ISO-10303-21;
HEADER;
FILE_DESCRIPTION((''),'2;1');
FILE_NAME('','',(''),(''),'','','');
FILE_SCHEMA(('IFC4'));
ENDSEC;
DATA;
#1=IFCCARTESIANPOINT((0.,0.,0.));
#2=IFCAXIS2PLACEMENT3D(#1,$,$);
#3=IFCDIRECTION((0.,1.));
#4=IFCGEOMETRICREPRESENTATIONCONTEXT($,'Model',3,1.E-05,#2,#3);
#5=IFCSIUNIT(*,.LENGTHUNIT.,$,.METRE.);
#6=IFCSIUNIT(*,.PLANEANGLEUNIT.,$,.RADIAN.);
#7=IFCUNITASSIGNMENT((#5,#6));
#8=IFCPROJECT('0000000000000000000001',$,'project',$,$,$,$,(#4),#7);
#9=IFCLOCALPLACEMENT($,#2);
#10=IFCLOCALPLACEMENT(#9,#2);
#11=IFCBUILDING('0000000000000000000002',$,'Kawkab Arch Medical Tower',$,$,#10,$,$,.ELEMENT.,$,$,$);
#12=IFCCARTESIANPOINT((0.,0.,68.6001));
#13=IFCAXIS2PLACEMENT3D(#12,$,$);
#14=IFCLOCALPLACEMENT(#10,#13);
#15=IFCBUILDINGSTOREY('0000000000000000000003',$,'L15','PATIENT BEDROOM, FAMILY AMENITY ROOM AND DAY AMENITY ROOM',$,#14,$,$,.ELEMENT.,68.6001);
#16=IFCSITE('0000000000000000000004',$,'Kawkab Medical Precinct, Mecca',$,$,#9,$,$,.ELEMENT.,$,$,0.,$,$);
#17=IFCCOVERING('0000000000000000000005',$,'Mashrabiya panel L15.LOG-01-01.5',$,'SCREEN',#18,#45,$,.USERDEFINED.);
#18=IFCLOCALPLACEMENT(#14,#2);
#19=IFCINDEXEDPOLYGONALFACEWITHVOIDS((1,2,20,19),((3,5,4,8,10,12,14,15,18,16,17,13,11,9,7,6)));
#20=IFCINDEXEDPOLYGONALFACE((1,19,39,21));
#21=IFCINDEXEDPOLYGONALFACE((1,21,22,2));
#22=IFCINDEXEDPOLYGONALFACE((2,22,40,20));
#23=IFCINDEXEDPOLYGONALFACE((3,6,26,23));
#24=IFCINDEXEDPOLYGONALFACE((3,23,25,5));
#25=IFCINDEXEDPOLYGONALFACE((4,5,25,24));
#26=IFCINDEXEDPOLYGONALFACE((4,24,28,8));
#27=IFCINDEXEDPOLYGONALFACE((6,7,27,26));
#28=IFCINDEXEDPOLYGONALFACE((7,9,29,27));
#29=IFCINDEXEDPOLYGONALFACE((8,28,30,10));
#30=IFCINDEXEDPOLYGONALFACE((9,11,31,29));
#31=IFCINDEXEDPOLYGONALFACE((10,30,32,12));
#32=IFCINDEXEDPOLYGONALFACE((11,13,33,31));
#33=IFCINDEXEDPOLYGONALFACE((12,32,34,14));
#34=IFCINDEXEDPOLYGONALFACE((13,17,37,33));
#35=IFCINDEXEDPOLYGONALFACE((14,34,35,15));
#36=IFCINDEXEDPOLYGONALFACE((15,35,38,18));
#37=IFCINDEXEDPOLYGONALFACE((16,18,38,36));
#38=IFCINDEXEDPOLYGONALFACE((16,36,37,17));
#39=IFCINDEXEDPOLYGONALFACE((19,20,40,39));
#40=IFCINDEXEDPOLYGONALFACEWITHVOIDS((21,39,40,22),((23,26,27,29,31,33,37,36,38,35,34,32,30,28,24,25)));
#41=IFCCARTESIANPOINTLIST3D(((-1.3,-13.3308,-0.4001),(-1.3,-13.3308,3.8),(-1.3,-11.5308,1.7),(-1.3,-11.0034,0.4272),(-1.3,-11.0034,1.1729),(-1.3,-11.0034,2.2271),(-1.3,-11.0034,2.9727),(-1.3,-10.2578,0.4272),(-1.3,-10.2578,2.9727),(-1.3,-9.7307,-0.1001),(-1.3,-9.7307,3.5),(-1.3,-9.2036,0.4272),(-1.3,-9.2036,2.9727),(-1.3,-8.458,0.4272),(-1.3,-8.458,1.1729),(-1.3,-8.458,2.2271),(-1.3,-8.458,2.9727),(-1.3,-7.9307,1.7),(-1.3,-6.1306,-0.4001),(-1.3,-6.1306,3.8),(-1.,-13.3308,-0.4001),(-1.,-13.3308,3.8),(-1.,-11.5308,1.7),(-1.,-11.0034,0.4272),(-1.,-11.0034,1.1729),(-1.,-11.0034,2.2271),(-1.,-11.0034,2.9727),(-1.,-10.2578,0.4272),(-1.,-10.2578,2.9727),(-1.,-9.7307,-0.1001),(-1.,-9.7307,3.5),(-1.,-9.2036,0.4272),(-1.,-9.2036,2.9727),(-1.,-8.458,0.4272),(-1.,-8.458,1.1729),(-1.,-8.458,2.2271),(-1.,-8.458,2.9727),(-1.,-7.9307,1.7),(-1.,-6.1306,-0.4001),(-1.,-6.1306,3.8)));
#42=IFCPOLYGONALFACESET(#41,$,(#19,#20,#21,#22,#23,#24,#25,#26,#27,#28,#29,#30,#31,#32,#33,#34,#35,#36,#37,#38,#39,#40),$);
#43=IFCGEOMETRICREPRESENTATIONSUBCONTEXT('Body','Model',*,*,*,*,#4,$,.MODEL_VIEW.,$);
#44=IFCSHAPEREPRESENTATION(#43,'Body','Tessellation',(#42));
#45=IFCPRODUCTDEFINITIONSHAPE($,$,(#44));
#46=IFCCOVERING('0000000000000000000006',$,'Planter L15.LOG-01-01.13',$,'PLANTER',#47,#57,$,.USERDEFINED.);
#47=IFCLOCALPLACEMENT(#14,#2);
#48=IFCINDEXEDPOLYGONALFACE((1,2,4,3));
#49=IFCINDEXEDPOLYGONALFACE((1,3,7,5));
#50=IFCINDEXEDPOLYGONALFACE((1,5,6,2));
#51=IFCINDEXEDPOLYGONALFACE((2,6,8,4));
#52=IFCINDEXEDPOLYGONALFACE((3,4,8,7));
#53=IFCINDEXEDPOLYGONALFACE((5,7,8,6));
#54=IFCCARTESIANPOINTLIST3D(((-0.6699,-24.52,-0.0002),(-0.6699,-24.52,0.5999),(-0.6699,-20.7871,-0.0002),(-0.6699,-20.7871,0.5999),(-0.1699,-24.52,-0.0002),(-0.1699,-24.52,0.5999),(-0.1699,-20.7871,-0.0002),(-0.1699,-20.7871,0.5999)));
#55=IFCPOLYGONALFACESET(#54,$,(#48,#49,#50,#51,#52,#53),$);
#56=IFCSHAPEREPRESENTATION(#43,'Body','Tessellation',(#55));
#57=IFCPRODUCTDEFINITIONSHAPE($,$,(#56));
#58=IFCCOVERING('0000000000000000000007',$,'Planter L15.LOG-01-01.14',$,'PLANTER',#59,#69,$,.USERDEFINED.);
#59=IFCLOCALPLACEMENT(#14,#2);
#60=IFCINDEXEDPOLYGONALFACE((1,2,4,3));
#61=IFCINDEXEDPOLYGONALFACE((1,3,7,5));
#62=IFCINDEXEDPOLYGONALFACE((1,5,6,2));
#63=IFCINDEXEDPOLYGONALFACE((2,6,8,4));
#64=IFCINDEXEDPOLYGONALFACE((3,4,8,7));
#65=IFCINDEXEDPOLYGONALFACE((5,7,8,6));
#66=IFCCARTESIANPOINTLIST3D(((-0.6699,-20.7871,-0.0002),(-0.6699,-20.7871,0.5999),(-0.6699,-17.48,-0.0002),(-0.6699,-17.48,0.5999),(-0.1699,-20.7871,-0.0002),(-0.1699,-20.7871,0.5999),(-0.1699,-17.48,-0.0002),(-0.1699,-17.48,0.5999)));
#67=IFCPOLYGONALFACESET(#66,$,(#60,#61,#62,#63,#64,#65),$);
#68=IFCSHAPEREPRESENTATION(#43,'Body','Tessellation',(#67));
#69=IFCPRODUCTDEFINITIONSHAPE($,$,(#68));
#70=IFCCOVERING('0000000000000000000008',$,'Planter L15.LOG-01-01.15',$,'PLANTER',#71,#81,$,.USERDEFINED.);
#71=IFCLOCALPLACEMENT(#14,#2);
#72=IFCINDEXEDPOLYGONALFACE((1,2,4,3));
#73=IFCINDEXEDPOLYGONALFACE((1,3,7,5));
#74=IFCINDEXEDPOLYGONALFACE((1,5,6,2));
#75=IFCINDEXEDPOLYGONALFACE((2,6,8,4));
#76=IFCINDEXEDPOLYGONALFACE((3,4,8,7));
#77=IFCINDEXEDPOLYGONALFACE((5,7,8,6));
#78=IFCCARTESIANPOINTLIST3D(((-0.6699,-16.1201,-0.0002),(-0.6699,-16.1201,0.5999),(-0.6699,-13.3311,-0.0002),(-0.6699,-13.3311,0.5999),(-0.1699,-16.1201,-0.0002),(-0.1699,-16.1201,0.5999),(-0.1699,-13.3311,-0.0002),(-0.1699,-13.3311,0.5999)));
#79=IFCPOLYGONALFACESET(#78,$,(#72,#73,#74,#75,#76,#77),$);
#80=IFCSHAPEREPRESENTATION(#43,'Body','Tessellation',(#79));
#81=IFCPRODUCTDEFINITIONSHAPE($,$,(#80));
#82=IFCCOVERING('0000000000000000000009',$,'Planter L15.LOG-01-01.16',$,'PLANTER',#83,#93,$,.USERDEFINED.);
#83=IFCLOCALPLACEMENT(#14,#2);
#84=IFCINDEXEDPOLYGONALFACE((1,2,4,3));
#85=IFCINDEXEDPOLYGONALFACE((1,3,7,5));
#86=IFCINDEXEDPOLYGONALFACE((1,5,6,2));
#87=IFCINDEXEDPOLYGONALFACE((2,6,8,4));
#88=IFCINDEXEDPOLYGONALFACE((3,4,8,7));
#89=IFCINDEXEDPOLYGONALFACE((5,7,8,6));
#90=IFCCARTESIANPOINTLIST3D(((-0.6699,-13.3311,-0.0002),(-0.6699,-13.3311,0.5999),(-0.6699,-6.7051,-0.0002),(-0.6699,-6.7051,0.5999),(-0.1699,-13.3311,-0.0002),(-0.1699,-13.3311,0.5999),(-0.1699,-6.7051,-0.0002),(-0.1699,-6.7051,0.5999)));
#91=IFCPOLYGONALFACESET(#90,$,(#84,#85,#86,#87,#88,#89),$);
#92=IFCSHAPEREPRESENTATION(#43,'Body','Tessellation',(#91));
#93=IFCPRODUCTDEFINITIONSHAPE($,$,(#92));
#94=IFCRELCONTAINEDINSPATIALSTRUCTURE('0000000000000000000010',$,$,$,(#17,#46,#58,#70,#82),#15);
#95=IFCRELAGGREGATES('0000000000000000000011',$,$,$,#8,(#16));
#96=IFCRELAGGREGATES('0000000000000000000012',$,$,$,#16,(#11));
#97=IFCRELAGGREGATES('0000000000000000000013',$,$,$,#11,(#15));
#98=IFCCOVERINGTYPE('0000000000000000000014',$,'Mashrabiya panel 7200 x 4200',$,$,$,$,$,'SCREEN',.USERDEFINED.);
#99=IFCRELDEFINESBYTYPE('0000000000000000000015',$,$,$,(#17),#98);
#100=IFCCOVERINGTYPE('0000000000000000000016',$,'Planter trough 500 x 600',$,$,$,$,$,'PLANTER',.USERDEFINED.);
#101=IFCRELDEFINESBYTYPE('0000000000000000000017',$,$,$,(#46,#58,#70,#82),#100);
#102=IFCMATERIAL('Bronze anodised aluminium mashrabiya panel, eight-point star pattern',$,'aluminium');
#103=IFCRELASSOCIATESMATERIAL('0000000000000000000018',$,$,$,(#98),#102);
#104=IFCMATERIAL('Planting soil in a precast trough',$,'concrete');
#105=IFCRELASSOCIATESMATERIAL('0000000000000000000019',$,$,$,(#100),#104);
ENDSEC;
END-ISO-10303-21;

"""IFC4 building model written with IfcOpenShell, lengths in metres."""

from ifc_helpers import new_model, si_unit, direction, frame, origin, origin_2d, place, context, subcontext, project, spatial, polyline, rectangle, outline, extrude, material, material_profile, profile_set, type_object, element, save


model = new_model("IFC4")

# Units and contexts
model_context = context("Model", 3, precision=1e-05, world=origin(), true_north=direction((0.0, 1.0)))
body_context = subcontext(model_context, "Body", "Model", "MODEL_VIEW")
ifc_project = project(units=[si_unit("LENGTHUNIT", "METRE"), si_unit("PLANEANGLEUNIT", "RADIAN")], contexts=[model_context])

# Site, building, storey
site_placement = place(None, origin())
site = spatial("IfcSite", under=ifc_project, at=site_placement, Name="Kawkab Medical Precinct, Mecca", CompositionType="ELEMENT", RefElevation=0.0)
building_placement = place(site_placement, origin())
building = spatial("IfcBuilding", under=site, at=building_placement, Name="Kawkab Arch Medical Tower", CompositionType="ELEMENT")
storey_placement = place(building_placement, frame((0.0, 0.0, 68.6001)))
storey = spatial("IfcBuildingStorey", under=building, at=storey_placement, Name="L15", Description="PATIENT BEDROOM, FAMILY AMENITY ROOM AND DAY AMENITY ROOM", CompositionType="ELEMENT", Elevation=68.6001)

# Coverings
ifc_material_1 = material(Name="Bronze anodised aluminium mashrabiya panel, eight-point star pattern", Category="aluminium")
ifc_material_profile_1 = material_profile(ifc_material_1, outline(polyline([(-3.6001, -2.1001), (3.6001, -2.1001), (3.6001, 2.1001), (-3.6001, 2.1001), (-3.6001, -2.1001)]), holes=[polyline([(1.8, 0.0), (1.2727, 0.5271), (1.2727, 1.2727), (0.5271, 1.2727), (0.0, 1.8), (-0.5271, 1.2727), (-1.2727, 1.2727), (-1.2727, 0.5271), (-1.8, 0.0), (-1.2727, -0.5271), (-1.2727, -1.2727), (-0.5271, -1.2727), (0.0, -1.8), (0.5271, -1.2727), (1.2727, -1.2727), (1.2727, -0.5271), (1.8, 0.0)])]), Name="Mashrabiya panel 7200x4200")
ifc_profile_set_1 = profile_set([ifc_material_profile_1], Name="Bronze anodised aluminium mashrabiya panel, eight-point star pattern")
covering_type_1 = type_object("IfcCoveringType", Name="Mashrabiya panel 7200 x 4200", ElementType="SCREEN", PredefinedType="USERDEFINED", material=ifc_profile_set_1)
for number, where, z_axis, x_axis, name in (
    (1, (-1.0, -9.7307, 1.7), (-1.0, 0.0, 0.0), (0.0, -1.0, 0.0), "Mashrabiya panel L15.LOG-01-01.5"),
):
    element("IfcCovering", number, at=place(storey_placement, frame(where, z_axis=z_axis, x_axis=x_axis)), inside=storey, type_object=covering_type_1, Name=name, ObjectType="SCREEN", PredefinedType="USERDEFINED", context=body_context, shape_type="SweptSolid", body=[
        extrude(outline(polyline([(-3.6001, -2.1001), (3.6001, -2.1001), (3.6001, 2.1001), (-3.6001, 2.1001), (-3.6001, -2.1001)]), holes=[polyline([(1.8, 0.0), (1.2727, 0.5271), (1.2727, 1.2727), (0.5271, 1.2727), (0.0, 1.8), (-0.5271, 1.2727), (-1.2727, 1.2727), (-1.2727, 0.5271), (-1.8, 0.0), (-1.2727, -0.5271), (-1.2727, -1.2727), (-0.5271, -1.2727), (0.0, -1.8), (0.5271, -1.2727), (1.2727, -1.2727), (1.2727, -0.5271), (1.8, 0.0)])]), origin(), (0.0, 0.0, 1.0), 0.3),
    ])
ifc_material_2 = material(Name="Planting soil in a precast trough", Category="concrete")
ifc_material_profile_2 = material_profile(ifc_material_2, rectangle(XDim=0.5, YDim=0.6001, at=origin_2d()), Name="Trough 500x600")
ifc_profile_set_2 = profile_set([ifc_material_profile_2], Name="Planting soil in a precast trough")
covering_type_2 = type_object("IfcCoveringType", Name="Planter trough 500 x 600", ElementType="PLANTER", PredefinedType="USERDEFINED", material=ifc_profile_set_2)
covering_1_placement = place(storey_placement, frame((-0.4199, -24.52, 0.2998), z_axis=(0.0, 1.0, 0.0), x_axis=(-1.0, 0.0, 0.0)))
element("IfcCovering", 2, at=covering_1_placement, inside=storey, type_object=covering_type_2, Name="Planter L15.LOG-01-01.13", ObjectType="PLANTER", PredefinedType="USERDEFINED", context=body_context, shape_type="SweptSolid", body=[
    extrude(rectangle(XDim=0.5, YDim=0.6001, at=origin_2d()), origin(), (0.0, 0.0, 1.0), 3.7329),
])
covering_2_placement = place(storey_placement, frame((-0.4199, -20.7871, 0.2998), z_axis=(0.0, 1.0, 0.0), x_axis=(-1.0, 0.0, 0.0)))
element("IfcCovering", 3, at=covering_2_placement, inside=storey, type_object=covering_type_2, Name="Planter L15.LOG-01-01.14", ObjectType="PLANTER", PredefinedType="USERDEFINED", context=body_context, shape_type="SweptSolid", body=[
    extrude(rectangle(XDim=0.5, YDim=0.6001, at=origin_2d()), origin(), (0.0, 0.0, 1.0), 3.3071),
])
covering_3_placement = place(storey_placement, frame((-0.4199, -16.1201, 0.2998), z_axis=(0.0, 1.0, 0.0), x_axis=(-1.0, 0.0, 0.0)))
element("IfcCovering", 4, at=covering_3_placement, inside=storey, type_object=covering_type_2, Name="Planter L15.LOG-01-01.15", ObjectType="PLANTER", PredefinedType="USERDEFINED", context=body_context, shape_type="SweptSolid", body=[
    extrude(rectangle(XDim=0.5, YDim=0.6001, at=origin_2d()), origin(), (0.0, 0.0, 1.0), 2.7891),
])
covering_4_placement = place(storey_placement, frame((-0.4199, -13.3311, 0.2998), z_axis=(0.0, 1.0, 0.0), x_axis=(-1.0, 0.0, 0.0)))
element("IfcCovering", 5, at=covering_4_placement, inside=storey, type_object=covering_type_2, Name="Planter L15.LOG-01-01.16", ObjectType="PLANTER", PredefinedType="USERDEFINED", context=body_context, shape_type="SweptSolid", body=[
    extrude(rectangle(XDim=0.5, YDim=0.6001, at=origin_2d()), origin(), (0.0, 0.0, 1.0), 6.626),
])

save(model, "model.ifc")
